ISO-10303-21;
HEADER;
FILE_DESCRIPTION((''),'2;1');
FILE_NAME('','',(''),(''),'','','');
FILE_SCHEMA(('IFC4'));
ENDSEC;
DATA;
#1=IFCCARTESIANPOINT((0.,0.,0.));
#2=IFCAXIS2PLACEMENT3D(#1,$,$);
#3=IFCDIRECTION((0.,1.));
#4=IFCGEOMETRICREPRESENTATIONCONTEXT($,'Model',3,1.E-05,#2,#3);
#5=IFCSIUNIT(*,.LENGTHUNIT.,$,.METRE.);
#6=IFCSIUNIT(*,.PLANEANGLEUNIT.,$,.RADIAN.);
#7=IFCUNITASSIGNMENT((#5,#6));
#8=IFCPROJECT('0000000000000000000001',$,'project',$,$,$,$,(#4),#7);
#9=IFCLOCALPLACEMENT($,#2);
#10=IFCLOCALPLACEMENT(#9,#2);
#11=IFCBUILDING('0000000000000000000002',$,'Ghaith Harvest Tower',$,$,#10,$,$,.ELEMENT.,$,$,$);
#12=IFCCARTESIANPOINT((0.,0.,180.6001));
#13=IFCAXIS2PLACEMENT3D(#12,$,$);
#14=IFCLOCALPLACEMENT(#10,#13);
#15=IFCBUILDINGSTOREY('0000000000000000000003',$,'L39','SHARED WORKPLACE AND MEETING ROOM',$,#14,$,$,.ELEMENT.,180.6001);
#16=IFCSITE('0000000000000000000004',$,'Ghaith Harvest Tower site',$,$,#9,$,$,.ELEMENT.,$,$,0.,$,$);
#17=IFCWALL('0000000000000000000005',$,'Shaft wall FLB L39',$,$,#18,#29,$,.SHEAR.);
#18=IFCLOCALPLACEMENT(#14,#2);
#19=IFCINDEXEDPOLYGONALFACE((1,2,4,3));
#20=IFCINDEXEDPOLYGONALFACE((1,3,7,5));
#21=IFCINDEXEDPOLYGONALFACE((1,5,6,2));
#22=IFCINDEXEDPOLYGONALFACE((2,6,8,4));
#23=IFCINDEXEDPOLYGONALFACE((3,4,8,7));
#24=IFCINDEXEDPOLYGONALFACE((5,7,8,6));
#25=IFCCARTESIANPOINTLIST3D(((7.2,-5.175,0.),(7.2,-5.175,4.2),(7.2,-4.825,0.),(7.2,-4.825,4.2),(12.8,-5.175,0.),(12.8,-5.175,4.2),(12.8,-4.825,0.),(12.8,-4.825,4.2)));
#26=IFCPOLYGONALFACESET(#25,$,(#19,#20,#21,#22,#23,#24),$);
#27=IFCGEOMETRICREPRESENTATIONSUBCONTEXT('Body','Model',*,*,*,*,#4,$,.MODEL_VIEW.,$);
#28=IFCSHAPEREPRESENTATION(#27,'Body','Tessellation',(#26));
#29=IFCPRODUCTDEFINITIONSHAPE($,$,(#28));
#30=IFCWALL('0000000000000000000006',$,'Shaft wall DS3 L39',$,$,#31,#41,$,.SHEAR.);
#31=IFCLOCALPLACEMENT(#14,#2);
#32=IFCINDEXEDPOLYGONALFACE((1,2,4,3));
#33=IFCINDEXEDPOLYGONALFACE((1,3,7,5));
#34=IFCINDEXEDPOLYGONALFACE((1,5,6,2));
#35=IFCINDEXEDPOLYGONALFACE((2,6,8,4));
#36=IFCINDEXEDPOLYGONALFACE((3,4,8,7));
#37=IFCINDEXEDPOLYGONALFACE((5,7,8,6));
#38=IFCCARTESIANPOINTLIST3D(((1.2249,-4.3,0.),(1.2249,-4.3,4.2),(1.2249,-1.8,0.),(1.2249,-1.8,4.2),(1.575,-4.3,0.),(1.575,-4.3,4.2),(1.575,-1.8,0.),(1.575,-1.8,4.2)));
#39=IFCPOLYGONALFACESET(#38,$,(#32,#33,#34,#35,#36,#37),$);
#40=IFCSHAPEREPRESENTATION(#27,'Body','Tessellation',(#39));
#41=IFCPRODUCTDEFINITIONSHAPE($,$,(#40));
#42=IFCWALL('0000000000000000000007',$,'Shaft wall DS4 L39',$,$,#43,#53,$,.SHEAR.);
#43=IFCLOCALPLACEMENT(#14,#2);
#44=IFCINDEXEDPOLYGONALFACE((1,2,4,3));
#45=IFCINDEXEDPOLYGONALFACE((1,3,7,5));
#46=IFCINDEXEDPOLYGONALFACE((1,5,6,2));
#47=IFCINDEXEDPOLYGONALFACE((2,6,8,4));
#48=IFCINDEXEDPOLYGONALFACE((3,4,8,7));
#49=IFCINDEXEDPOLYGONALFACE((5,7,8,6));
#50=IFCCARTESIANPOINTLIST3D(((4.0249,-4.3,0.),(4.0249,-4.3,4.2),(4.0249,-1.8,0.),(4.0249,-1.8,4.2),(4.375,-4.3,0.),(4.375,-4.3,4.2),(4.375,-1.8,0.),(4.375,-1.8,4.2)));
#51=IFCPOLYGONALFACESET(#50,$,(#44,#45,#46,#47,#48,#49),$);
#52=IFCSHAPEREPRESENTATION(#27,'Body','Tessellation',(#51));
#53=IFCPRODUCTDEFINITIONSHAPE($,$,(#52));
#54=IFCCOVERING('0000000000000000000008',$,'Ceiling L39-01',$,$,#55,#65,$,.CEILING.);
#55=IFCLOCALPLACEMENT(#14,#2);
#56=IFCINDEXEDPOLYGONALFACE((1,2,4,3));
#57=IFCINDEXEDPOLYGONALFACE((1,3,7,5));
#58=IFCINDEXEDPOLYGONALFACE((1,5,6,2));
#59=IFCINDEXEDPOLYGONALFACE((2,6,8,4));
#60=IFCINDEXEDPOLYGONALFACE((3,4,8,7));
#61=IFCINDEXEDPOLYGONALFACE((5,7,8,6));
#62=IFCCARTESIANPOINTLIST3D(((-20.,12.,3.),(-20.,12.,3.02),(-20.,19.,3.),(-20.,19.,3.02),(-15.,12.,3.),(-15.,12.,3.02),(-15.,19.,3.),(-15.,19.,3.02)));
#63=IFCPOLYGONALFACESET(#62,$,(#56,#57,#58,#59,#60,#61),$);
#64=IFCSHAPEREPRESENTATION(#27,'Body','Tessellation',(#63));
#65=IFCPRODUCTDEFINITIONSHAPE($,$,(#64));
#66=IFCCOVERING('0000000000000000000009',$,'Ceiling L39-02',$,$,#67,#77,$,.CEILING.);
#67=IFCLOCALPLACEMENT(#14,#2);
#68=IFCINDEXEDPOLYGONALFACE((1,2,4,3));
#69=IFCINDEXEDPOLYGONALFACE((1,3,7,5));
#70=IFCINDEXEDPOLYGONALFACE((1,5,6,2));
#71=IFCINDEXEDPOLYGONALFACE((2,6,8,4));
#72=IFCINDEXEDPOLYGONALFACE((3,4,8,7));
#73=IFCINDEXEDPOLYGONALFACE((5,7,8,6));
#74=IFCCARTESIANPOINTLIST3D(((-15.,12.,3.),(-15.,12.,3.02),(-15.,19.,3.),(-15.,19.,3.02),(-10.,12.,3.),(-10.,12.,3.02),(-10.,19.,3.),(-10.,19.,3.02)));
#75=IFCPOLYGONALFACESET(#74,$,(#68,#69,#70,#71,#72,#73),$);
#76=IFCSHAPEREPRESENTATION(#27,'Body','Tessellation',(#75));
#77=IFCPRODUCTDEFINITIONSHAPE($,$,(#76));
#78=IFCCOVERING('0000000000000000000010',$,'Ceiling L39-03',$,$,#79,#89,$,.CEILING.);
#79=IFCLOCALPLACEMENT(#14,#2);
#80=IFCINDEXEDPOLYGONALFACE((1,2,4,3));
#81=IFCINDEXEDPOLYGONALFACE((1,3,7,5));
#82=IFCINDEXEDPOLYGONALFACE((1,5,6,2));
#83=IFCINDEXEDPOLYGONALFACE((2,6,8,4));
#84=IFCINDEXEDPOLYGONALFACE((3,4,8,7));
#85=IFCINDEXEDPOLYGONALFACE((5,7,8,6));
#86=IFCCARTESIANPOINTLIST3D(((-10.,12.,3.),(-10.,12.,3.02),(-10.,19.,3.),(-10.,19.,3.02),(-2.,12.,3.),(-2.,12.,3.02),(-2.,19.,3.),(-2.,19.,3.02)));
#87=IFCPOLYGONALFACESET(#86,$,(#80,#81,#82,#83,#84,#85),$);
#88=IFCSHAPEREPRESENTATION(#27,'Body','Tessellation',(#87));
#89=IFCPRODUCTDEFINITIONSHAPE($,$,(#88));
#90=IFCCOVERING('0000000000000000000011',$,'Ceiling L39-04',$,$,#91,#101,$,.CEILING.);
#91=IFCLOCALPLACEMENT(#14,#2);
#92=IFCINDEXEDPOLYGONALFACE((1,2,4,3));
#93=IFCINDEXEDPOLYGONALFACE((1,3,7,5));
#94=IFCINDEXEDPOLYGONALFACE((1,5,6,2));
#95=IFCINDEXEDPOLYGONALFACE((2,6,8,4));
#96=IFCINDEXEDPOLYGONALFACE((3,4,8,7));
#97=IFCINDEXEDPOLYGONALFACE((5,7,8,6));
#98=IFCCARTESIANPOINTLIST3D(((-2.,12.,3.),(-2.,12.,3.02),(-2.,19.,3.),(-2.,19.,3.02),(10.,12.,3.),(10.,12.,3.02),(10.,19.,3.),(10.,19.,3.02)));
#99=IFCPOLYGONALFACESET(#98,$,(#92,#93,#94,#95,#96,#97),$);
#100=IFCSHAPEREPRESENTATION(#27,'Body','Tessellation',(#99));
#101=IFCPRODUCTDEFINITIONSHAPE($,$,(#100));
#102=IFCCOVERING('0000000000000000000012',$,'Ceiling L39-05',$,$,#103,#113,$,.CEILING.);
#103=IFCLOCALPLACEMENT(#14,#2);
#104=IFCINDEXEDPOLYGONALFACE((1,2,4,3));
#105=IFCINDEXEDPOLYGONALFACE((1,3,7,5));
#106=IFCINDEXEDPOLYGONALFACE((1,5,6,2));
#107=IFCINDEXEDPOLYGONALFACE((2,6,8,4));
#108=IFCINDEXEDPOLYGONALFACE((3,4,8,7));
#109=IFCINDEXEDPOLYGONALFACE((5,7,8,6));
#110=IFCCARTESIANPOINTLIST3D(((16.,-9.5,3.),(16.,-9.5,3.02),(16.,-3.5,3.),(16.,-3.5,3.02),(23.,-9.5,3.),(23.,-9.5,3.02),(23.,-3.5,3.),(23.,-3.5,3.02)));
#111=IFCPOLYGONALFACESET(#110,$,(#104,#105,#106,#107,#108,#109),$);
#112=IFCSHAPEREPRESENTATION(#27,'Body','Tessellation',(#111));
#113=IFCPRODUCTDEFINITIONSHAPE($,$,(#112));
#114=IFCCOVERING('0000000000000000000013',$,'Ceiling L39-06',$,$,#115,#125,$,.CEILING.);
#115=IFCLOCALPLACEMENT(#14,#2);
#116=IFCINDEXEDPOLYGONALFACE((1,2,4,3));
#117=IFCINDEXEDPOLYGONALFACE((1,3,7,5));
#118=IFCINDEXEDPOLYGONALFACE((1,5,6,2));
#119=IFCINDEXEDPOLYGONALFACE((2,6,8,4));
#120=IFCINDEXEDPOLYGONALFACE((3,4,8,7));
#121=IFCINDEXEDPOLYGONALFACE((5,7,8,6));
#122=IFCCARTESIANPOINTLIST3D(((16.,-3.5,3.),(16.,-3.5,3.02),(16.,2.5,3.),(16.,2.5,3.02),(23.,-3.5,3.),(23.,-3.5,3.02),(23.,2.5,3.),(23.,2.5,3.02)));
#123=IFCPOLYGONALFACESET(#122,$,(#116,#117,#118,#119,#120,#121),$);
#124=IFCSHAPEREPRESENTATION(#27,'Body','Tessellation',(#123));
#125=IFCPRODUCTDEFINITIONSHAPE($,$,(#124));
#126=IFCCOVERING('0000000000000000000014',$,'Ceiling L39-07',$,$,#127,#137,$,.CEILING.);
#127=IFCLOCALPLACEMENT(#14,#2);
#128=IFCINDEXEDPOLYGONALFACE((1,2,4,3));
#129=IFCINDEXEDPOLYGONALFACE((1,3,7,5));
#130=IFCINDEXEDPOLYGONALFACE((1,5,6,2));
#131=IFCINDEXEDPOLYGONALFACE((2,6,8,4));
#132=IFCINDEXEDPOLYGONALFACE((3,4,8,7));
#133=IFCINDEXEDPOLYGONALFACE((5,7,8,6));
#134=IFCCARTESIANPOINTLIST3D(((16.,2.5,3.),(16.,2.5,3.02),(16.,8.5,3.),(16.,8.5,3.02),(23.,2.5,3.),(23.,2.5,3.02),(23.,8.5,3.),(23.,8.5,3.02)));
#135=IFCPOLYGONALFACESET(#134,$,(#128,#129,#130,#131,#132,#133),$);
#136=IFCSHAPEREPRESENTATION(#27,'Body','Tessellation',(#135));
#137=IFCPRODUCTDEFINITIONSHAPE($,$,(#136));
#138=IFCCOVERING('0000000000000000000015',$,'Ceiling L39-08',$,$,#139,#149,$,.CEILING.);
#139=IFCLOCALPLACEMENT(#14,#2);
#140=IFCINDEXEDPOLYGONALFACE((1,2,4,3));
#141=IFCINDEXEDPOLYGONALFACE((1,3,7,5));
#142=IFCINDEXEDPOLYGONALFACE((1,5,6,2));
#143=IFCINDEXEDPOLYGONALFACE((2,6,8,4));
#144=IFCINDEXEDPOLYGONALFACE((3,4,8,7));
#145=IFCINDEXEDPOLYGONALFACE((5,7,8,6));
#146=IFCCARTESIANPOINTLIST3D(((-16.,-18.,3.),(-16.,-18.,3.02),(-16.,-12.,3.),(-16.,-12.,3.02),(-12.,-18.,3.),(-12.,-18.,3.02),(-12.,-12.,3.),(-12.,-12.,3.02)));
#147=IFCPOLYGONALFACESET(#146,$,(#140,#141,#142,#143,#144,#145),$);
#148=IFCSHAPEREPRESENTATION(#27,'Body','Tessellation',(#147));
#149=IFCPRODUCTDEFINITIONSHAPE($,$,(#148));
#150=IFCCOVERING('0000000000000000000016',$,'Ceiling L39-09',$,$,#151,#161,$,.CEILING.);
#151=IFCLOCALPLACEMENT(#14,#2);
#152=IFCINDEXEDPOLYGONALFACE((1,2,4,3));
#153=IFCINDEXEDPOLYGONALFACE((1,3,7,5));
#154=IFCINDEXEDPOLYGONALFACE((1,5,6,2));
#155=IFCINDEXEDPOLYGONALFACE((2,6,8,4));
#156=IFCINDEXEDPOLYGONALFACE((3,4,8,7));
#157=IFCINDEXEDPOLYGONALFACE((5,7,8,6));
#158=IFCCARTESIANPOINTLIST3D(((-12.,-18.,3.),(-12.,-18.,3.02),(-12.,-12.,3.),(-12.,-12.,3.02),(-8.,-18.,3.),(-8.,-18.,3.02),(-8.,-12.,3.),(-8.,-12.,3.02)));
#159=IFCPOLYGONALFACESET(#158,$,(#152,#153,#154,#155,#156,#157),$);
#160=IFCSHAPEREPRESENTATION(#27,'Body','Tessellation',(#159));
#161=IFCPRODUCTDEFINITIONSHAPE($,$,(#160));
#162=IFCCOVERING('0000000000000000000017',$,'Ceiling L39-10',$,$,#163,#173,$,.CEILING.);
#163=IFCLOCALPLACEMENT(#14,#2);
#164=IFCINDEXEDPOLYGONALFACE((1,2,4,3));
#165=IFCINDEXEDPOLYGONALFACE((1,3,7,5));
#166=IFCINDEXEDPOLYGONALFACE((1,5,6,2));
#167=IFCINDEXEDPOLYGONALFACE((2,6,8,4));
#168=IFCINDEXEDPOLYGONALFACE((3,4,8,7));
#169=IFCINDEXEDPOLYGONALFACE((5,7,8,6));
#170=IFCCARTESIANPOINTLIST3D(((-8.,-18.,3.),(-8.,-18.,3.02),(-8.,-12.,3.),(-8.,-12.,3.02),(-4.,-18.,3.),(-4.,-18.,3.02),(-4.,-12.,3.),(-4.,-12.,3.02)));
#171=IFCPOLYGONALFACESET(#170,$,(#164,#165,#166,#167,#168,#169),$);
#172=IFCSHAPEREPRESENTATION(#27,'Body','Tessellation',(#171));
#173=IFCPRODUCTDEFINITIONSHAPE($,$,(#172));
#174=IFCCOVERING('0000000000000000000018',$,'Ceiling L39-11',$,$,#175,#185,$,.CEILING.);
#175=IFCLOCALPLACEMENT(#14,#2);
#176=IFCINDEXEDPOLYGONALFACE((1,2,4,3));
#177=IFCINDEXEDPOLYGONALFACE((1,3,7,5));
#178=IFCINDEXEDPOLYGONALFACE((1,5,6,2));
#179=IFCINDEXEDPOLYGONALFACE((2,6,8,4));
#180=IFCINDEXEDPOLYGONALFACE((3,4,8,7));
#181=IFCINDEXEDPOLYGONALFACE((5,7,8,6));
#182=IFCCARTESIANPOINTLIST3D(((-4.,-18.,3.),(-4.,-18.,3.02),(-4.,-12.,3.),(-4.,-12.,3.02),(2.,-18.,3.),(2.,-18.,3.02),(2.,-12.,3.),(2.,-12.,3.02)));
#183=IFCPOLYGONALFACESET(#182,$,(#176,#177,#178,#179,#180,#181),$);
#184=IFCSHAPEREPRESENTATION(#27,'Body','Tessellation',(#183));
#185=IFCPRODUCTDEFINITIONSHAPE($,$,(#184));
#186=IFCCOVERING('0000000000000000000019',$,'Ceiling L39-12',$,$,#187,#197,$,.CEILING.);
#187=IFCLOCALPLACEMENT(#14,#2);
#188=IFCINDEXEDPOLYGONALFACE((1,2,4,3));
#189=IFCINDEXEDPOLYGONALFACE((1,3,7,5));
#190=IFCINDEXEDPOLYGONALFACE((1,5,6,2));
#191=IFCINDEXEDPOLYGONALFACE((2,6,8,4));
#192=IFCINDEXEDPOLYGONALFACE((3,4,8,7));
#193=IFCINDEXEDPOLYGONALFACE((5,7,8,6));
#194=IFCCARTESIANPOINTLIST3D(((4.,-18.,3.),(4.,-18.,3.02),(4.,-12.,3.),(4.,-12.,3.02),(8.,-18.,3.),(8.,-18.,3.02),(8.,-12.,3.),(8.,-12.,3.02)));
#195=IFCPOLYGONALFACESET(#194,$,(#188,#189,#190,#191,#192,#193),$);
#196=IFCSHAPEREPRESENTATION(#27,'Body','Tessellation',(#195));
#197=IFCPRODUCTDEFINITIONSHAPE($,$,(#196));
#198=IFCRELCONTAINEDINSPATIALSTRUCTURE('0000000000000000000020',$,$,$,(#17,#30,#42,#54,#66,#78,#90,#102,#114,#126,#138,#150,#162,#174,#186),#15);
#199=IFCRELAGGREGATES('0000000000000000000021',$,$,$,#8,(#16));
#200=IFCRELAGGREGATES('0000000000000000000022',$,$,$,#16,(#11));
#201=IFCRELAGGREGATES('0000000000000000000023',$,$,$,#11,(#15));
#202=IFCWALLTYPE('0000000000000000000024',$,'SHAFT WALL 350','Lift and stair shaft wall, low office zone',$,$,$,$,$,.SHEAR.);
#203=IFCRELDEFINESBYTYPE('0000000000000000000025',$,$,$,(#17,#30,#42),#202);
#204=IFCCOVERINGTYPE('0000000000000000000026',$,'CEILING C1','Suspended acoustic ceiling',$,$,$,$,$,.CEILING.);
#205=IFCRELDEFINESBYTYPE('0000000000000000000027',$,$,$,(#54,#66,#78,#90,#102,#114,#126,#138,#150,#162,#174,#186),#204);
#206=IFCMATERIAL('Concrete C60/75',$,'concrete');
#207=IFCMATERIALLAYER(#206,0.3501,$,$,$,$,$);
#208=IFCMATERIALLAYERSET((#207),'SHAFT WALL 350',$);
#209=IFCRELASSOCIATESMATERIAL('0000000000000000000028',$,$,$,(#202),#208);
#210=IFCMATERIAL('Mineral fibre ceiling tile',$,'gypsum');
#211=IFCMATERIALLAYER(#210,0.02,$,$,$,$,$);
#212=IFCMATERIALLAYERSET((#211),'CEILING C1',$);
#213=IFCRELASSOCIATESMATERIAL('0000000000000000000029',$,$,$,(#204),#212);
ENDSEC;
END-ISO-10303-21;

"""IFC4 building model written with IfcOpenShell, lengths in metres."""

from ifc_helpers import new_model, si_unit, direction, frame, frame_2d, origin, place, context, subcontext, project, spatial, polyline, rectangle, outline, extrude, material, layer, layer_set, type_object, element, save


model = new_model("IFC4")

# Units and contexts
model_context = context("Model", 3, precision=1e-05, world=origin(), true_north=direction((0.0, 1.0)))
body_context = subcontext(model_context, "Body", "Model", "MODEL_VIEW")
ifc_project = project(units=[si_unit("LENGTHUNIT", "METRE"), si_unit("PLANEANGLEUNIT", "RADIAN")], contexts=[model_context])

# Site, building, storey
site_placement = place(None, origin())
site = spatial("IfcSite", under=ifc_project, at=site_placement, Name="Ghaith Harvest Tower site", CompositionType="ELEMENT", RefElevation=0.0)
building_placement = place(site_placement, origin())
building = spatial("IfcBuilding", under=site, at=building_placement, Name="Ghaith Harvest Tower", CompositionType="ELEMENT")
storey_placement = place(building_placement, frame((0.0, 0.0, 180.6001)))
storey = spatial("IfcBuildingStorey", under=building, at=storey_placement, Name="L39", Description="SHARED WORKPLACE AND MEETING ROOM", CompositionType="ELEMENT", Elevation=180.6001)

# Shared definitions
ifc_material_1 = material(Name="Concrete C60/75", Category="concrete")
ifc_layer_1 = layer(ifc_material_1, 0.3501)
ifc_layer_set_1 = layer_set([ifc_layer_1], Name="SHAFT WALL 350")
wall_type_1 = type_object("IfcWallType", Name="SHAFT WALL 350", Description="Lift and stair shaft wall, low office zone", PredefinedType="SHEAR", material=ifc_layer_set_1)

# Walls
wall_1_placement = place(storey_placement, frame((7.2, -5.0, 0.0), z_axis=(0.0, 0.0, 1.0), x_axis=(1.0, 0.0, 0.0)))
element("IfcWall", 1, at=wall_1_placement, inside=storey, type_object=wall_type_1, Name="Shaft wall FLB L39", PredefinedType="SHEAR", context=body_context, shape_type="SweptSolid", body=[
    extrude(rectangle(XDim=5.6001, YDim=0.3501, at=frame_2d((2.8, 0.0))), origin(), (0.0, 0.0, 1.0), 4.2),
])
for number, where, z_axis, x_axis, name in (
    (2, (1.3999, -4.3, 0.0), (0.0, 0.0, 1.0), (0.0, 1.0, 0.0), "Shaft wall DS3 L39"),
    (3, (4.2, -4.3, 0.0), (0.0, 0.0, 1.0), (0.0, 1.0, 0.0), "Shaft wall DS4 L39"),
):
    element("IfcWall", number, at=place(storey_placement, frame(where, z_axis=z_axis, x_axis=x_axis)), inside=storey, type_object=wall_type_1, Name=name, PredefinedType="SHEAR", context=body_context, shape_type="SweptSolid", body=[
        extrude(rectangle(XDim=2.5, YDim=0.3501, at=frame_2d((1.25, 0.0))), origin(), (0.0, 0.0, 1.0), 4.2),
    ])

# Coverings
ifc_material_2 = material(Name="Mineral fibre ceiling tile", Category="gypsum")
ifc_layer_2 = layer(ifc_material_2, 0.02)
ifc_layer_set_2 = layer_set([ifc_layer_2], Name="CEILING C1")
covering_type = type_object("IfcCoveringType", Name="CEILING C1", Description="Suspended acoustic ceiling", PredefinedType="CEILING", material=ifc_layer_set_2)
covering_1_placement = place(storey_placement, frame((0.0, 0.0, 3.0)))
element("IfcCovering", 4, at=covering_1_placement, inside=storey, type_object=covering_type, Name="Ceiling L39-01", PredefinedType="CEILING", context=body_context, shape_type="SweptSolid", body=[
    extrude(outline(polyline([(-20.0, 12.0), (-15.0, 12.0), (-15.0, 19.0), (-20.0, 19.0), (-20.0, 12.0)])), origin(), (0.0, 0.0, 1.0), 0.02),
])
covering_2_placement = place(storey_placement, frame((0.0, 0.0, 3.0)))
element("IfcCovering", 5, at=covering_2_placement, inside=storey, type_object=covering_type, Name="Ceiling L39-02", PredefinedType="CEILING", context=body_context, shape_type="SweptSolid", body=[
    extrude(outline(polyline([(-15.0, 12.0), (-10.0, 12.0), (-10.0, 19.0), (-15.0, 19.0), (-15.0, 12.0)])), origin(), (0.0, 0.0, 1.0), 0.02),
])
covering_3_placement = place(storey_placement, frame((0.0, 0.0, 3.0)))
element("IfcCovering", 6, at=covering_3_placement, inside=storey, type_object=covering_type, Name="Ceiling L39-03", PredefinedType="CEILING", context=body_context, shape_type="SweptSolid", body=[
    extrude(outline(polyline([(-10.0, 12.0), (-2.0, 12.0), (-2.0, 19.0), (-10.0, 19.0), (-10.0, 12.0)])), origin(), (0.0, 0.0, 1.0), 0.02),
])
covering_4_placement = place(storey_placement, frame((0.0, 0.0, 3.0)))
element("IfcCovering", 7, at=covering_4_placement, inside=storey, type_object=covering_type, Name="Ceiling L39-04", PredefinedType="CEILING", context=body_context, shape_type="SweptSolid", body=[
    extrude(outline(polyline([(-2.0, 12.0), (10.0, 12.0), (10.0, 19.0), (-2.0, 19.0), (-2.0, 12.0)])), origin(), (0.0, 0.0, 1.0), 0.02),
])
covering_5_placement = place(storey_placement, frame((0.0, 0.0, 3.0)))
element("IfcCovering", 8, at=covering_5_placement, inside=storey, type_object=covering_type, Name="Ceiling L39-05", PredefinedType="CEILING", context=body_context, shape_type="SweptSolid", body=[
    extrude(outline(polyline([(16.0, -9.5), (23.0, -9.5), (23.0, -3.5), (16.0, -3.5), (16.0, -9.5)])), origin(), (0.0, 0.0, 1.0), 0.02),
])
covering_6_placement = place(storey_placement, frame((0.0, 0.0, 3.0)))
element("IfcCovering", 9, at=covering_6_placement, inside=storey, type_object=covering_type, Name="Ceiling L39-06", PredefinedType="CEILING", context=body_context, shape_type="SweptSolid", body=[
    extrude(outline(polyline([(16.0, -3.5), (23.0, -3.5), (23.0, 2.5), (16.0, 2.5), (16.0, -3.5)])), origin(), (0.0, 0.0, 1.0), 0.02),
])
covering_7_placement = place(storey_placement, frame((0.0, 0.0, 3.0)))
element("IfcCovering", 10, at=covering_7_placement, inside=storey, type_object=covering_type, Name="Ceiling L39-07", PredefinedType="CEILING", context=body_context, shape_type="SweptSolid", body=[
    extrude(outline(polyline([(16.0, 2.5), (23.0, 2.5), (23.0, 8.5), (16.0, 8.5), (16.0, 2.5)])), origin(), (0.0, 0.0, 1.0), 0.02),
])
covering_8_placement = place(storey_placement, frame((0.0, 0.0, 3.0)))
element("IfcCovering", 11, at=covering_8_placement, inside=storey, type_object=covering_type, Name="Ceiling L39-08", PredefinedType="CEILING", context=body_context, shape_type="SweptSolid", body=[
    extrude(outline(polyline([(-16.0, -18.0), (-12.0, -18.0), (-12.0, -12.0), (-16.0, -12.0), (-16.0, -18.0)])), origin(), (0.0, 0.0, 1.0), 0.02),
])
covering_9_placement = place(storey_placement, frame((0.0, 0.0, 3.0)))
element("IfcCovering", 12, at=covering_9_placement, inside=storey, type_object=covering_type, Name="Ceiling L39-09", PredefinedType="CEILING", context=body_context, shape_type="SweptSolid", body=[
    extrude(outline(polyline([(-12.0, -18.0), (-8.0, -18.0), (-8.0, -12.0), (-12.0, -12.0), (-12.0, -18.0)])), origin(), (0.0, 0.0, 1.0), 0.02),
])
covering_10_placement = place(storey_placement, frame((0.0, 0.0, 3.0)))
element("IfcCovering", 13, at=covering_10_placement, inside=storey, type_object=covering_type, Name="Ceiling L39-10", PredefinedType="CEILING", context=body_context, shape_type="SweptSolid", body=[
    extrude(outline(polyline([(-8.0, -18.0), (-4.0, -18.0), (-4.0, -12.0), (-8.0, -12.0), (-8.0, -18.0)])), origin(), (0.0, 0.0, 1.0), 0.02),
])
covering_11_placement = place(storey_placement, frame((0.0, 0.0, 3.0)))
element("IfcCovering", 14, at=covering_11_placement, inside=storey, type_object=covering_type, Name="Ceiling L39-11", PredefinedType="CEILING", context=body_context, shape_type="SweptSolid", body=[
    extrude(outline(polyline([(-4.0, -18.0), (2.0, -18.0), (2.0, -12.0), (-4.0, -12.0), (-4.0, -18.0)])), origin(), (0.0, 0.0, 1.0), 0.02),
])
covering_12_placement = place(storey_placement, frame((0.0, 0.0, 3.0)))
element("IfcCovering", 15, at=covering_12_placement, inside=storey, type_object=covering_type, Name="Ceiling L39-12", PredefinedType="CEILING", context=body_context, shape_type="SweptSolid", body=[
    extrude(outline(polyline([(4.0, -18.0), (8.0, -18.0), (8.0, -12.0), (4.0, -12.0), (4.0, -18.0)])), origin(), (0.0, 0.0, 1.0), 0.02),
])

save(model, "model.ifc")
